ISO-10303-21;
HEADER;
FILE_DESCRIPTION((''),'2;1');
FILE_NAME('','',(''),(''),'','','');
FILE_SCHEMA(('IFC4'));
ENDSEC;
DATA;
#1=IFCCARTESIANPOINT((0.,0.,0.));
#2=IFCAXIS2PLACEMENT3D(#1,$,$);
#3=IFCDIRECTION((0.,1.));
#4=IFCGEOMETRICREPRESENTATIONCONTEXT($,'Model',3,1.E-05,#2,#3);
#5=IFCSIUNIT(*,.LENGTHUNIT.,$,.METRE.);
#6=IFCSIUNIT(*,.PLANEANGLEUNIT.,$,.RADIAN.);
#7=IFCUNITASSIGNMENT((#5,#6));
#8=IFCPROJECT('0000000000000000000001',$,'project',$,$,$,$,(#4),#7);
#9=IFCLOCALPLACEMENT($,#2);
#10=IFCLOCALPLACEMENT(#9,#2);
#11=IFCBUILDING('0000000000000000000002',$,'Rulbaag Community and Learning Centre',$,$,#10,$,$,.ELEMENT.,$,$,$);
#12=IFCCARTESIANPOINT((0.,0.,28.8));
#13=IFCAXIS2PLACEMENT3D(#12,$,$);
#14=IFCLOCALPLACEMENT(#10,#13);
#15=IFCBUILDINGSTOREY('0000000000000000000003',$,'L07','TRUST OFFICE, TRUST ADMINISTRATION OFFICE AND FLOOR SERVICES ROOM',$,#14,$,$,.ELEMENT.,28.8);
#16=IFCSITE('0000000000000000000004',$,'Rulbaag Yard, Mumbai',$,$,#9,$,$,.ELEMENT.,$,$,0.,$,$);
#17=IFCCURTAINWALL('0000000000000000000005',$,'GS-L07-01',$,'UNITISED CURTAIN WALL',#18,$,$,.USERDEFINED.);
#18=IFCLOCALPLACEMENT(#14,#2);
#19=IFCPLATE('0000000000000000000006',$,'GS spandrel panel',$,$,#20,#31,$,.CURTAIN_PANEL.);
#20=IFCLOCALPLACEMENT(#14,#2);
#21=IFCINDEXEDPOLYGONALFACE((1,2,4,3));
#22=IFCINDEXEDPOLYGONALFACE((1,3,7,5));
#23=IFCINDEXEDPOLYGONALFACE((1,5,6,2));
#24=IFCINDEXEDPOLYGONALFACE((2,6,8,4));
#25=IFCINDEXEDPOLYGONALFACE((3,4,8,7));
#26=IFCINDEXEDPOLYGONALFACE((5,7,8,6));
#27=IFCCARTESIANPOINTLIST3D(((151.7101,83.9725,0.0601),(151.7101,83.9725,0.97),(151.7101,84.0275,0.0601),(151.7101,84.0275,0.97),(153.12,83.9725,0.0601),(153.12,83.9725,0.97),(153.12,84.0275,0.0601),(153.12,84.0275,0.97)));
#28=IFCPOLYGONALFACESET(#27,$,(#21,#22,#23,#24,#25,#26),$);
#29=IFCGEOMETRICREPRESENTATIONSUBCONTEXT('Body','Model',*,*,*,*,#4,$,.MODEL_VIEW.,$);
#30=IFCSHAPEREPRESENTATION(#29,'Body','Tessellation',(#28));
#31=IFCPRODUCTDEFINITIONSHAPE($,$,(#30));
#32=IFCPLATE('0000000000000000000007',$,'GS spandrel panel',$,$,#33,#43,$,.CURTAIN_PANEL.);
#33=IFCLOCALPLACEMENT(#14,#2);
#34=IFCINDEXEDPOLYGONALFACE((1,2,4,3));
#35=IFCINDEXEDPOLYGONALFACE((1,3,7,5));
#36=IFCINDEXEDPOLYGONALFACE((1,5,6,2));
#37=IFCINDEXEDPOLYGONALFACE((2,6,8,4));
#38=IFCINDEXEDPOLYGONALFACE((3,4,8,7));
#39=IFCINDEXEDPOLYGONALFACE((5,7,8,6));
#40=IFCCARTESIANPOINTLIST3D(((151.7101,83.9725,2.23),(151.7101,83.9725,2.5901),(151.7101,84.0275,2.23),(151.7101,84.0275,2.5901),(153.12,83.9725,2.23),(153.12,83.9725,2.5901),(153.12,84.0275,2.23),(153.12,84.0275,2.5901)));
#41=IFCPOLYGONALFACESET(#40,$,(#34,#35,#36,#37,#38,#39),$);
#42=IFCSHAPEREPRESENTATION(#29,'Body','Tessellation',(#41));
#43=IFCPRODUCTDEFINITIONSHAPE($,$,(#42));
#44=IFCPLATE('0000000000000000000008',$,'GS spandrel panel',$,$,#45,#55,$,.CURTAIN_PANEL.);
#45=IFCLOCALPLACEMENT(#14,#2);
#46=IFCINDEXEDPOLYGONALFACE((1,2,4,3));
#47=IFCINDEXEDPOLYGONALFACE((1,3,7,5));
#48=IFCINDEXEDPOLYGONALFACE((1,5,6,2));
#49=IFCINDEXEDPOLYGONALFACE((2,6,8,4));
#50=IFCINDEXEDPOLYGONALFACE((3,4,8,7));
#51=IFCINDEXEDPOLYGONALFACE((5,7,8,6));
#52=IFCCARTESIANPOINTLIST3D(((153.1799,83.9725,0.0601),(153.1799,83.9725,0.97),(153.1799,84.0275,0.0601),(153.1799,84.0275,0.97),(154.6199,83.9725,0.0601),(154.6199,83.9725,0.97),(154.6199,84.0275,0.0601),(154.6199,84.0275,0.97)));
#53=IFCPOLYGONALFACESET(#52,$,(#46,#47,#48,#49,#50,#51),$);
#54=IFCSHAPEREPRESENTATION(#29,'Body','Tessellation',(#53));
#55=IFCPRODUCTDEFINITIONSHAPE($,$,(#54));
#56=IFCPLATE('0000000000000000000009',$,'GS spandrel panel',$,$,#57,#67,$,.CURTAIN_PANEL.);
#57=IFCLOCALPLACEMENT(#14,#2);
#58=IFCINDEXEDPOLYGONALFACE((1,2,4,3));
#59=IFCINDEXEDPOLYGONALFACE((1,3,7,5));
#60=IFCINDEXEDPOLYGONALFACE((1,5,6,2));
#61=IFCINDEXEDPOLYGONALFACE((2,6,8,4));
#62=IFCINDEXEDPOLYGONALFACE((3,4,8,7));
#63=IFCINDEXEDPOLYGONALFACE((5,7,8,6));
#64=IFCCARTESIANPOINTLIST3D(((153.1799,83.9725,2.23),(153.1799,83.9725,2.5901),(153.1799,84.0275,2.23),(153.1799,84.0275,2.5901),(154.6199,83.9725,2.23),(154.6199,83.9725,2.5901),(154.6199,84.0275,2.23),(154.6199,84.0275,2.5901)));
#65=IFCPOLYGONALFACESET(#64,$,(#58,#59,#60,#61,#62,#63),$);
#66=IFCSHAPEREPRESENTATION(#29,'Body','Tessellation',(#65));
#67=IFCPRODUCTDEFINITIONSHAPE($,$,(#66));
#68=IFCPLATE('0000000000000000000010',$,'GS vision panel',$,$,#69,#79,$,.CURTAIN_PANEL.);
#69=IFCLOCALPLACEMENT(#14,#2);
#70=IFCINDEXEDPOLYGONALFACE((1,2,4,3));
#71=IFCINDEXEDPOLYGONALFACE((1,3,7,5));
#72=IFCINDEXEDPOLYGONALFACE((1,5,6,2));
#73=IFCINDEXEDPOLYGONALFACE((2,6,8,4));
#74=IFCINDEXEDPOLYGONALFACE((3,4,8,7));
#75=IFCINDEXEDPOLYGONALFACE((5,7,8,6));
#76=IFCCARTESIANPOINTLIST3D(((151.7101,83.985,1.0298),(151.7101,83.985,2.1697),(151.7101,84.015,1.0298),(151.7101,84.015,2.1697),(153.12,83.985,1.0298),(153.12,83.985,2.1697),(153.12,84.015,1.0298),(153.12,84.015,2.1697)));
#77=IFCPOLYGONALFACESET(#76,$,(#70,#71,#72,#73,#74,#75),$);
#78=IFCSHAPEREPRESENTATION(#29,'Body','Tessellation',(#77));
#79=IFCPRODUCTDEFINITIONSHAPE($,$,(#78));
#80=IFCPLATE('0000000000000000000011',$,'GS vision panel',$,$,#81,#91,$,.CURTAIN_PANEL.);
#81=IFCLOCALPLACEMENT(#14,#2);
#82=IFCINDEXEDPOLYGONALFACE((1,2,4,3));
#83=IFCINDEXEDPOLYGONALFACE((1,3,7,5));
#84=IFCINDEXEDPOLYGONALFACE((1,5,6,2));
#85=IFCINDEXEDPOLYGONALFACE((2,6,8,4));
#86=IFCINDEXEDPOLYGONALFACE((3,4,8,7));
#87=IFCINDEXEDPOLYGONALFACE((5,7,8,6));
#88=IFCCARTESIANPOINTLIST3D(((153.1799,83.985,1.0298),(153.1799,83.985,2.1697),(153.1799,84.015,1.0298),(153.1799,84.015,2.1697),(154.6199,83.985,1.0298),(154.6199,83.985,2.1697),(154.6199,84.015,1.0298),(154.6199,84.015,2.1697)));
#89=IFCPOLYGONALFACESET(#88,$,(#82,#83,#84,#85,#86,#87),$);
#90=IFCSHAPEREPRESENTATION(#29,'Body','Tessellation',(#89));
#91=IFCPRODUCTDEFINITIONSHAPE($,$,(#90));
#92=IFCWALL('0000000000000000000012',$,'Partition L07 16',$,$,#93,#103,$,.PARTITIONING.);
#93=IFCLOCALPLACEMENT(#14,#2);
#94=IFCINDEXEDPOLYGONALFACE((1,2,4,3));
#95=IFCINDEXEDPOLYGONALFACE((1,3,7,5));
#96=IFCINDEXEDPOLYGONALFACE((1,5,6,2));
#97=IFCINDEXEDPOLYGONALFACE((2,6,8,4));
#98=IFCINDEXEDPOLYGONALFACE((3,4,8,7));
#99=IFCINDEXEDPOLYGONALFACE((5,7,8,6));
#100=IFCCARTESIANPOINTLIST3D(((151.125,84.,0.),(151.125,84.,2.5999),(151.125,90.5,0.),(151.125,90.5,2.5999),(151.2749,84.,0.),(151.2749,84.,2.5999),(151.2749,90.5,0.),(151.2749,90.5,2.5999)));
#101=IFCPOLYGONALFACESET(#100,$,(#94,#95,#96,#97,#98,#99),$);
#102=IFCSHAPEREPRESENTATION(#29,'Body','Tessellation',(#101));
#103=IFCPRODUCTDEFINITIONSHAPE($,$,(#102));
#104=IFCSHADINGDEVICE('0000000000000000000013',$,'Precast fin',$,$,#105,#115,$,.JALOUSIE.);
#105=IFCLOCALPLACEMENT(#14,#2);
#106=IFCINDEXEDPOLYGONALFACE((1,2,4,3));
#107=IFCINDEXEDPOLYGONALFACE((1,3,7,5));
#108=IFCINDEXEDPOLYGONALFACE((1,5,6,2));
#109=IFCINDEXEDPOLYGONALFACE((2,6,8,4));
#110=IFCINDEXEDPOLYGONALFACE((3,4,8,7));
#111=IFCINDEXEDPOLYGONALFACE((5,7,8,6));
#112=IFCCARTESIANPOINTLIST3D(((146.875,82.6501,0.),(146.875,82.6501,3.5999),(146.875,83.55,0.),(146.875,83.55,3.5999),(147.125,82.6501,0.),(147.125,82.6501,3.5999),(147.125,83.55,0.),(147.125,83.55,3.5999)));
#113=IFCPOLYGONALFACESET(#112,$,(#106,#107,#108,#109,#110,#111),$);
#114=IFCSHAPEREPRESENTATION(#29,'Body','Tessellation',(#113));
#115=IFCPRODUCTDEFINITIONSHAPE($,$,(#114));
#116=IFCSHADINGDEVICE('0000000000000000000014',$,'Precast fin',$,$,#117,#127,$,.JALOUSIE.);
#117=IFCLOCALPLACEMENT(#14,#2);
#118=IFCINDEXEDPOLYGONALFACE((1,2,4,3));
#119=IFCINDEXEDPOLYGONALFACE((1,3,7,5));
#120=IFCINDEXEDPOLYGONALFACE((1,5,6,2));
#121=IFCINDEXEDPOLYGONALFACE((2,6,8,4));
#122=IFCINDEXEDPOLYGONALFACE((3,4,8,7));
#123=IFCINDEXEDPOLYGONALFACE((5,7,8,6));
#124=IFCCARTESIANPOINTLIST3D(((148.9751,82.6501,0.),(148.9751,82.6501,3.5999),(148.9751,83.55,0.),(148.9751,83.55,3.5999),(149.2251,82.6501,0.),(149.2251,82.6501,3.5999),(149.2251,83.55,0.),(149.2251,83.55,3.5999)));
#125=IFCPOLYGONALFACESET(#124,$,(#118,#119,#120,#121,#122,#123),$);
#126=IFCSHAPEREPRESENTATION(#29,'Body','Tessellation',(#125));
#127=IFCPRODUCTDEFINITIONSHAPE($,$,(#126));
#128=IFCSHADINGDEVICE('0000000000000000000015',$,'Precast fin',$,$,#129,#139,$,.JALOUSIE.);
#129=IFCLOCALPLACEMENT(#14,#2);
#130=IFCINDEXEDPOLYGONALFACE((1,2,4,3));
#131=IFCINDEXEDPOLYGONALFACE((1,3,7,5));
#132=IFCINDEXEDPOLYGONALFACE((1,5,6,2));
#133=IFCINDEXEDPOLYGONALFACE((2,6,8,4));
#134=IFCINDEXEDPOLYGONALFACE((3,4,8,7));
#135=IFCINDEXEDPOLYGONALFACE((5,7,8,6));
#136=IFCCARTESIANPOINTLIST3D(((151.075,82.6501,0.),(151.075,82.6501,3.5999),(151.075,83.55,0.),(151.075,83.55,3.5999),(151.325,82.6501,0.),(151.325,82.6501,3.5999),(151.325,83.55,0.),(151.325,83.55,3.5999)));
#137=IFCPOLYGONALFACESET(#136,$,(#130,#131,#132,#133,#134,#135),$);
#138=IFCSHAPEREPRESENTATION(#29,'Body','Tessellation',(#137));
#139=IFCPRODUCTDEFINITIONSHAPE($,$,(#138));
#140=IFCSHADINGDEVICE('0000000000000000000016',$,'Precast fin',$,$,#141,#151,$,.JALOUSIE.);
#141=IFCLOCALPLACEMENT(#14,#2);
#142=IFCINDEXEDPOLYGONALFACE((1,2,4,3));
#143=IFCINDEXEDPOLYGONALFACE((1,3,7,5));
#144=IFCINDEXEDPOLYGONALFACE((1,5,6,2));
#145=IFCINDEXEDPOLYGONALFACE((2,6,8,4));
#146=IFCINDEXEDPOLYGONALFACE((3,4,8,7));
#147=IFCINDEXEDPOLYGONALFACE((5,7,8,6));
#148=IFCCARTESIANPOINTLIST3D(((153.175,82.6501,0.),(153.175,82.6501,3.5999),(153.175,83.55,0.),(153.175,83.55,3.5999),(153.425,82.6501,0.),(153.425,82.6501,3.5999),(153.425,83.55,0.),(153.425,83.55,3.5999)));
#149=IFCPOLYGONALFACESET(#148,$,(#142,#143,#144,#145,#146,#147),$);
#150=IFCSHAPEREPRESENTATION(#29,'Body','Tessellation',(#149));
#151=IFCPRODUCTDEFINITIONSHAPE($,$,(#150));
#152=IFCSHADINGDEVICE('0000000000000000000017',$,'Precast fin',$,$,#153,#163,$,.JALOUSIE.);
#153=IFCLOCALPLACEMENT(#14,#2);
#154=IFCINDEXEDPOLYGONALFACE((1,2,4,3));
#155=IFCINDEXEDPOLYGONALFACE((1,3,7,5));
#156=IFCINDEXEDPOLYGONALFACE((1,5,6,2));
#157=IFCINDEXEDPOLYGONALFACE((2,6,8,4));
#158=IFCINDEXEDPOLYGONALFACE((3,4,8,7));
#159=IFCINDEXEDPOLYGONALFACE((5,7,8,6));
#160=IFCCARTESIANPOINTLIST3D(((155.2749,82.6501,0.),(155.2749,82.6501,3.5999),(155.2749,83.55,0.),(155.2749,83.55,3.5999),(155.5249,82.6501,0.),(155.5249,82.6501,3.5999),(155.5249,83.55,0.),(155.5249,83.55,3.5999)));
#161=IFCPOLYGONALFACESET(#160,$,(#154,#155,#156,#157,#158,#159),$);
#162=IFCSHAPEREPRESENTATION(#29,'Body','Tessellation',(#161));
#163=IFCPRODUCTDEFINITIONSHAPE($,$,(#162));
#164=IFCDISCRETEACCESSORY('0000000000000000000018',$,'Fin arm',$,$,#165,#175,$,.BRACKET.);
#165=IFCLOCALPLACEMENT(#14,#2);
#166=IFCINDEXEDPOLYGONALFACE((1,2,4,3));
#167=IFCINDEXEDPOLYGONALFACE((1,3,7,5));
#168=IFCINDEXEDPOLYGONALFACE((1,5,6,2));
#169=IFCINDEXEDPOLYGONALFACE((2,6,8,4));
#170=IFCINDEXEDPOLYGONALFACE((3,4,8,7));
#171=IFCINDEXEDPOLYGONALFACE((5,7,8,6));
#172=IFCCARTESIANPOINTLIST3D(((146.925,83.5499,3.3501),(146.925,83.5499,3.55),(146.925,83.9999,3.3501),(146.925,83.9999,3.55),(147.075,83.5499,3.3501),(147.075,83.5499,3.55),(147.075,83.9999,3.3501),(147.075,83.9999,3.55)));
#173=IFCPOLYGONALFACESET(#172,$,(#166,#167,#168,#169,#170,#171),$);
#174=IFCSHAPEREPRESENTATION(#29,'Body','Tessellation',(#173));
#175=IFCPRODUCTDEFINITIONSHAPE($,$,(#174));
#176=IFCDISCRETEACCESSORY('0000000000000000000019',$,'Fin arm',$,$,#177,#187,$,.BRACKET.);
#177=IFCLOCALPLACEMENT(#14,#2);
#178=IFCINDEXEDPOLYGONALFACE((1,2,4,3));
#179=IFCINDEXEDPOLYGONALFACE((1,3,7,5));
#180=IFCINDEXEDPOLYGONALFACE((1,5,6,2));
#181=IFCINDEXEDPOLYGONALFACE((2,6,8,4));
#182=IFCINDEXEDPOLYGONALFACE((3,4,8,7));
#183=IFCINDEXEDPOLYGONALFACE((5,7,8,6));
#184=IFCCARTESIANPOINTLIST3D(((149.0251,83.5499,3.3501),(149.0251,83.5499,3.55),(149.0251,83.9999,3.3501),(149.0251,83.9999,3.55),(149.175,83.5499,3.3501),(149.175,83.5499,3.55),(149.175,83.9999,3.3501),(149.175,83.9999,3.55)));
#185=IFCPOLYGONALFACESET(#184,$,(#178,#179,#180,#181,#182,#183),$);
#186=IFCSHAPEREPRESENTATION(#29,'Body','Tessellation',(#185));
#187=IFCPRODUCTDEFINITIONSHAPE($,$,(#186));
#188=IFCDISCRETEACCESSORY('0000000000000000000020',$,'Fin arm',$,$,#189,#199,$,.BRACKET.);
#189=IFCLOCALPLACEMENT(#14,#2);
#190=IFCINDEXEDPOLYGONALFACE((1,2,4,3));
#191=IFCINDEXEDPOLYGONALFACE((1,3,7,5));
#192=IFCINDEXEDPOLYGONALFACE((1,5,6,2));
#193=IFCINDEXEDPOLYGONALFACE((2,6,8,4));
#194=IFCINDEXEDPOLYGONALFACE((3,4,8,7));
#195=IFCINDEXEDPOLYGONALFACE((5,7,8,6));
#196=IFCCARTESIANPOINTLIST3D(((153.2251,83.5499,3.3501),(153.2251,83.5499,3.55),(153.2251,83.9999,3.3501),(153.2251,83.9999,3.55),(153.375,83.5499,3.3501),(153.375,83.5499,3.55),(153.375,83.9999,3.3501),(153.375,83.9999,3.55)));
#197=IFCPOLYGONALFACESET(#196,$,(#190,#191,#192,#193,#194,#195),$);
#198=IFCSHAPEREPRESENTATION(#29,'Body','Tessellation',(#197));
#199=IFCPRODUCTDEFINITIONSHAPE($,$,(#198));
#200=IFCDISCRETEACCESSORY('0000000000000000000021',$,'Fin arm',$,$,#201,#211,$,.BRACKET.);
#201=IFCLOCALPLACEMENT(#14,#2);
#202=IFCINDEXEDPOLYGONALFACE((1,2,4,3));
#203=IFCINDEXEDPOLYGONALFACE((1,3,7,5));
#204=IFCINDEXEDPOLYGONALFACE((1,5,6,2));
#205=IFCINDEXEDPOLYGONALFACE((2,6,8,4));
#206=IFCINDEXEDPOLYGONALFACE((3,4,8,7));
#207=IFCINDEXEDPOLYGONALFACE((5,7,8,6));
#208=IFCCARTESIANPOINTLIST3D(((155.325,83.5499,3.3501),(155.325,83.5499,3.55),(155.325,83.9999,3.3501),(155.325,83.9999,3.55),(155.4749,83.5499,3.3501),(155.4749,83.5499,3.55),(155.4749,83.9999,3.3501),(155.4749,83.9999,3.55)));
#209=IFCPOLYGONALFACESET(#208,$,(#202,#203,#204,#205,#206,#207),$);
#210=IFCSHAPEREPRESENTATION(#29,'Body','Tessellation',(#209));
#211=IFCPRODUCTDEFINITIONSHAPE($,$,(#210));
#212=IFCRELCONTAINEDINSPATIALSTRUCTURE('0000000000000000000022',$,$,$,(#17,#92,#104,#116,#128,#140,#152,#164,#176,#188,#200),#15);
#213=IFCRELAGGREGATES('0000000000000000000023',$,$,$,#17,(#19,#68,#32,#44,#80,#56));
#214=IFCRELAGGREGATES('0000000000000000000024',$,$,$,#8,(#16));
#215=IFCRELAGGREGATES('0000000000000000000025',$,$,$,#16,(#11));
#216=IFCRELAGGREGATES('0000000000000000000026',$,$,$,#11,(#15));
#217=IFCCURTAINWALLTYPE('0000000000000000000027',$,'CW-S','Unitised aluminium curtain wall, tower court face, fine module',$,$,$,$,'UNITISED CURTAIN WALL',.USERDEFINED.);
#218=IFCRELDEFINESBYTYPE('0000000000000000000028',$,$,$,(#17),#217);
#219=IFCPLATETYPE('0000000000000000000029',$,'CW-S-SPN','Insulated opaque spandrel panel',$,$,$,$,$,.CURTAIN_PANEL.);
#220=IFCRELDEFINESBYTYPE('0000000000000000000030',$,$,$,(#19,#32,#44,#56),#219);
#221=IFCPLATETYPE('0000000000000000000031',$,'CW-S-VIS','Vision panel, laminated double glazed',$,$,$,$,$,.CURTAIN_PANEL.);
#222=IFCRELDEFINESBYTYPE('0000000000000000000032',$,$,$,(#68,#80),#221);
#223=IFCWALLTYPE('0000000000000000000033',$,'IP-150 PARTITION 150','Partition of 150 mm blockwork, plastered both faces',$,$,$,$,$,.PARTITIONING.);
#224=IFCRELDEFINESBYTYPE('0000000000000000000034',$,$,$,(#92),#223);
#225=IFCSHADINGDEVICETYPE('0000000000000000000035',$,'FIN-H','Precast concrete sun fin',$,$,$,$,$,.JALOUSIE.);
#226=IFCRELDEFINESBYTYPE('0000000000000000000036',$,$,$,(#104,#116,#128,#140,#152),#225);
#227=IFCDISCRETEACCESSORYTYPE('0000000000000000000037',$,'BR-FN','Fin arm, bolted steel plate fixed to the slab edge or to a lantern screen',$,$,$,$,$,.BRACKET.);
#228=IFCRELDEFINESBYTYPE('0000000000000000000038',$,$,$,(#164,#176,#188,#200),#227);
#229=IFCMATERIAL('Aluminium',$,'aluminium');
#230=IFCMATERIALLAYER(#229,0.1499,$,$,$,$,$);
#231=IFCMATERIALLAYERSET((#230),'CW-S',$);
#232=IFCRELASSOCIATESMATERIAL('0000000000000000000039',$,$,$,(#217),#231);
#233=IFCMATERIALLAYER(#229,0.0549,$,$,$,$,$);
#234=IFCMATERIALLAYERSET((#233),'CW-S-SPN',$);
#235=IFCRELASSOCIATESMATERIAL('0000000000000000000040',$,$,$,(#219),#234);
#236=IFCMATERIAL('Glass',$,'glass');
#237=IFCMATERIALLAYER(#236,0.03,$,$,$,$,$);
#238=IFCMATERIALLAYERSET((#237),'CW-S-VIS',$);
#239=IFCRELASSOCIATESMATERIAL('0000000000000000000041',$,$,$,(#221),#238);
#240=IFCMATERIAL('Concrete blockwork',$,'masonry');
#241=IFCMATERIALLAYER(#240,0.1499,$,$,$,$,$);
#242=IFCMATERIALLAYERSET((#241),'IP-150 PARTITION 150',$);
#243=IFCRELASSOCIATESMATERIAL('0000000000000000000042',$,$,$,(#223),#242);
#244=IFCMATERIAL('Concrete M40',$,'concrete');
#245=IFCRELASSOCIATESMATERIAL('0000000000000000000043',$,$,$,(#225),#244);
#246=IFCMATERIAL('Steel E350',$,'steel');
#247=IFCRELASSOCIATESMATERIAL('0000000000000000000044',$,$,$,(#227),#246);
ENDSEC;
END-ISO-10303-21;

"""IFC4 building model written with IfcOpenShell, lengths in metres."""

from ifc_helpers import new_model, si_unit, direction, frame, frame_2d, origin, origin_2d, place, context, subcontext, project, spatial, rectangle, extrude, material, layer, layer_set, material_profile, profile_set, type_object, element, aggregate, save


model = new_model("IFC4")

# Units and contexts
model_context = context("Model", 3, precision=1e-05, world=origin(), true_north=direction((0.0, 1.0)))
body_context = subcontext(model_context, "Body", "Model", "MODEL_VIEW")
ifc_project = project(units=[si_unit("LENGTHUNIT", "METRE"), si_unit("PLANEANGLEUNIT", "RADIAN")], contexts=[model_context])

# Site, building, storey
site_placement = place(None, origin())
site = spatial("IfcSite", under=ifc_project, at=site_placement, Name="Rulbaag Yard, Mumbai", CompositionType="ELEMENT", RefElevation=0.0)
building_placement = place(site_placement, origin())
building = spatial("IfcBuilding", under=site, at=building_placement, Name="Rulbaag Community and Learning Centre", CompositionType="ELEMENT")
storey_placement = place(building_placement, frame((0.0, 0.0, 28.8)))
storey = spatial("IfcBuildingStorey", under=building, at=storey_placement, Name="L07", Description="TRUST OFFICE, TRUST ADMINISTRATION OFFICE AND FLOOR SERVICES ROOM", CompositionType="ELEMENT", Elevation=28.8)

# Shared definitions
ifc_material_1 = material(Name="Concrete M40", Category="concrete")

# Curtain wall, plates
ifc_material_2 = material(Name="Aluminium", Category="aluminium")
ifc_layer_1 = layer(ifc_material_2, 0.1499)
ifc_layer_set_1 = layer_set([ifc_layer_1], Name="CW-S")
curtain_wall_type = type_object("IfcCurtainWallType", Name="CW-S", Description="Unitised aluminium curtain wall, tower court face, fine module", ElementType="UNITISED CURTAIN WALL", PredefinedType="USERDEFINED", material=ifc_layer_set_1)
curtain_wall_placement = place(storey_placement, origin())
curtain_wall = element("IfcCurtainWall", 1, at=curtain_wall_placement, inside=storey, type_object=curtain_wall_type, Name="GS-L07-01", ObjectType="UNITISED CURTAIN WALL", PredefinedType="USERDEFINED")
ifc_layer_2 = layer(ifc_material_2, 0.0549)
ifc_layer_set_2 = layer_set([ifc_layer_2], Name="CW-S-SPN")
plate_type_1 = type_object("IfcPlateType", Name="CW-S-SPN", Description="Insulated opaque spandrel panel", PredefinedType="CURTAIN_PANEL", material=ifc_layer_set_2)
plate_1_placement = place(storey_placement, frame((152.415, 84.0, 0.0601), z_axis=(0.0, 0.0, 1.0), x_axis=(1.0, 0.0, 0.0)))
plate_1 = element("IfcPlate", 2, at=plate_1_placement, type_object=plate_type_1, Name="GS spandrel panel", PredefinedType="CURTAIN_PANEL", context=body_context, shape_type="SweptSolid", body=[
    extrude(rectangle(XDim=1.4099, YDim=0.0549, at=origin_2d()), origin(), (0.0, 0.0, 1.0), 0.9099),
])
plate_2_placement = place(storey_placement, frame((152.415, 84.0, 2.23), z_axis=(0.0, 0.0, 1.0), x_axis=(1.0, 0.0, 0.0)))
plate_2 = element("IfcPlate", 3, at=plate_2_placement, type_object=plate_type_1, Name="GS spandrel panel", PredefinedType="CURTAIN_PANEL", context=body_context, shape_type="SweptSolid", body=[
    extrude(rectangle(XDim=1.4099, YDim=0.0549, at=origin_2d()), origin(), (0.0, 0.0, 1.0), 0.3601),
])
plate_3_placement = place(storey_placement, frame((153.8999, 84.0, 0.0601), z_axis=(0.0, 0.0, 1.0), x_axis=(1.0, 0.0, 0.0)))
plate_3 = element("IfcPlate", 4, at=plate_3_placement, type_object=plate_type_1, Name="GS spandrel panel", PredefinedType="CURTAIN_PANEL", context=body_context, shape_type="SweptSolid", body=[
    extrude(rectangle(XDim=1.4399, YDim=0.0549, at=origin_2d()), origin(), (0.0, 0.0, 1.0), 0.9099),
])
plate_4_placement = place(storey_placement, frame((153.8999, 84.0, 2.23), z_axis=(0.0, 0.0, 1.0), x_axis=(1.0, 0.0, 0.0)))
plate_4 = element("IfcPlate", 5, at=plate_4_placement, type_object=plate_type_1, Name="GS spandrel panel", PredefinedType="CURTAIN_PANEL", context=body_context, shape_type="SweptSolid", body=[
    extrude(rectangle(XDim=1.4399, YDim=0.0549, at=origin_2d()), origin(), (0.0, 0.0, 1.0), 0.3601),
])
ifc_material_3 = material(Name="Glass", Category="glass")
ifc_layer_3 = layer(ifc_material_3, 0.03)
ifc_layer_set_3 = layer_set([ifc_layer_3], Name="CW-S-VIS")
plate_type_2 = type_object("IfcPlateType", Name="CW-S-VIS", Description="Vision panel, laminated double glazed", PredefinedType="CURTAIN_PANEL", material=ifc_layer_set_3)
plate_5_placement = place(storey_placement, frame((152.415, 84.0, 1.0298), z_axis=(0.0, 0.0, 1.0), x_axis=(1.0, 0.0, 0.0)))
plate_5 = element("IfcPlate", 6, at=plate_5_placement, type_object=plate_type_2, Name="GS vision panel", PredefinedType="CURTAIN_PANEL", context=body_context, shape_type="SweptSolid", body=[
    extrude(rectangle(XDim=1.4099, YDim=0.03, at=origin_2d()), origin(), (0.0, 0.0, 1.0), 1.1399),
])
plate_6_placement = place(storey_placement, frame((153.8999, 84.0, 1.0298), z_axis=(0.0, 0.0, 1.0), x_axis=(1.0, 0.0, 0.0)))
plate_6 = element("IfcPlate", 7, at=plate_6_placement, type_object=plate_type_2, Name="GS vision panel", PredefinedType="CURTAIN_PANEL", context=body_context, shape_type="SweptSolid", body=[
    extrude(rectangle(XDim=1.4399, YDim=0.03, at=origin_2d()), origin(), (0.0, 0.0, 1.0), 1.1399),
])
aggregate(curtain_wall, [plate_1, plate_5, plate_2, plate_3, plate_6, plate_4])

# Wall
ifc_material_4 = material(Name="Concrete blockwork", Category="masonry")
ifc_layer_4 = layer(ifc_material_4, 0.1499)
ifc_layer_set_4 = layer_set([ifc_layer_4], Name="IP-150 PARTITION 150")
wall_type = type_object("IfcWallType", Name="IP-150 PARTITION 150", Description="Partition of 150 mm blockwork, plastered both faces", PredefinedType="PARTITIONING", material=ifc_layer_set_4)
wall_placement = place(storey_placement, frame((151.2, 84.0, 0.0), z_axis=(0.0, 0.0, 1.0), x_axis=(0.0, 1.0, 0.0)))
element("IfcWall", 8, at=wall_placement, inside=storey, type_object=wall_type, Name="Partition L07 16", PredefinedType="PARTITIONING", context=body_context, shape_type="SweptSolid", body=[
    extrude(rectangle(XDim=6.5, YDim=0.1499, at=frame_2d((3.25, 0.0))), origin(), (0.0, 0.0, 1.0), 2.5999),
])

# Shading devices
ifc_material_profile_1 = material_profile(ifc_material_1, rectangle(XDim=0.25, YDim=0.8999, at=origin_2d()), Name="PC 250x900")
ifc_profile_set_1 = profile_set([ifc_material_profile_1], Name="Concrete M40")
shading_device_type = type_object("IfcShadingDeviceType", Name="FIN-H", Description="Precast concrete sun fin", PredefinedType="JALOUSIE", material=ifc_profile_set_1)
for number, where, z_axis, x_axis, name in (
    (9, (147.0, 83.1001, 0.0), (0.0, 0.0, 1.0), (1.0, 0.0, 0.0), "Precast fin"),
    (10, (149.1001, 83.1001, 0.0), (0.0, 0.0, 1.0), (1.0, 0.0, 0.0), "Precast fin"),
    (11, (151.2, 83.1001, 0.0), (0.0, 0.0, 1.0), (1.0, 0.0, 0.0), "Precast fin"),
    (12, (153.3, 83.1001, 0.0), (0.0, 0.0, 1.0), (1.0, 0.0, 0.0), "Precast fin"),
    (13, (155.3999, 83.1001, 0.0), (0.0, 0.0, 1.0), (1.0, 0.0, 0.0), "Precast fin"),
):
    element("IfcShadingDevice", number, at=place(storey_placement, frame(where, z_axis=z_axis, x_axis=x_axis)), inside=storey, type_object=shading_device_type, Name=name, PredefinedType="JALOUSIE", context=body_context, shape_type="SweptSolid", body=[
        extrude(rectangle(XDim=0.25, YDim=0.8999, at=origin_2d()), origin(), (0.0, 0.0, 1.0), 3.5999),
    ])

# Discrete accessories
ifc_material_5 = material(Name="Steel E350", Category="steel")
discrete_accessory_type = type_object("IfcDiscreteAccessoryType", Name="BR-FN", Description="Fin arm, bolted steel plate fixed to the slab edge or to a lantern screen", PredefinedType="BRACKET", material=ifc_material_5)
for number, where, z_axis, x_axis, name in (
    (14, (147.0, 83.7749, 3.3501), (0.0, 0.0, 1.0), (1.0, 0.0, 0.0), "Fin arm"),
    (15, (149.1001, 83.7749, 3.3501), (0.0, 0.0, 1.0), (1.0, 0.0, 0.0), "Fin arm"),
    (16, (153.3, 83.7749, 3.3501), (0.0, 0.0, 1.0), (1.0, 0.0, 0.0), "Fin arm"),
    (17, (155.3999, 83.7749, 3.3501), (0.0, 0.0, 1.0), (1.0, 0.0, 0.0), "Fin arm"),
):
    element("IfcDiscreteAccessory", number, at=place(storey_placement, frame(where, z_axis=z_axis, x_axis=x_axis)), inside=storey, type_object=discrete_accessory_type, Name=name, PredefinedType="BRACKET", context=body_context, shape_type="SweptSolid", body=[
        extrude(rectangle(XDim=0.1499, YDim=0.45, at=origin_2d()), origin(), (0.0, 0.0, 1.0), 0.2),
    ])

save(model, "model.ifc")
